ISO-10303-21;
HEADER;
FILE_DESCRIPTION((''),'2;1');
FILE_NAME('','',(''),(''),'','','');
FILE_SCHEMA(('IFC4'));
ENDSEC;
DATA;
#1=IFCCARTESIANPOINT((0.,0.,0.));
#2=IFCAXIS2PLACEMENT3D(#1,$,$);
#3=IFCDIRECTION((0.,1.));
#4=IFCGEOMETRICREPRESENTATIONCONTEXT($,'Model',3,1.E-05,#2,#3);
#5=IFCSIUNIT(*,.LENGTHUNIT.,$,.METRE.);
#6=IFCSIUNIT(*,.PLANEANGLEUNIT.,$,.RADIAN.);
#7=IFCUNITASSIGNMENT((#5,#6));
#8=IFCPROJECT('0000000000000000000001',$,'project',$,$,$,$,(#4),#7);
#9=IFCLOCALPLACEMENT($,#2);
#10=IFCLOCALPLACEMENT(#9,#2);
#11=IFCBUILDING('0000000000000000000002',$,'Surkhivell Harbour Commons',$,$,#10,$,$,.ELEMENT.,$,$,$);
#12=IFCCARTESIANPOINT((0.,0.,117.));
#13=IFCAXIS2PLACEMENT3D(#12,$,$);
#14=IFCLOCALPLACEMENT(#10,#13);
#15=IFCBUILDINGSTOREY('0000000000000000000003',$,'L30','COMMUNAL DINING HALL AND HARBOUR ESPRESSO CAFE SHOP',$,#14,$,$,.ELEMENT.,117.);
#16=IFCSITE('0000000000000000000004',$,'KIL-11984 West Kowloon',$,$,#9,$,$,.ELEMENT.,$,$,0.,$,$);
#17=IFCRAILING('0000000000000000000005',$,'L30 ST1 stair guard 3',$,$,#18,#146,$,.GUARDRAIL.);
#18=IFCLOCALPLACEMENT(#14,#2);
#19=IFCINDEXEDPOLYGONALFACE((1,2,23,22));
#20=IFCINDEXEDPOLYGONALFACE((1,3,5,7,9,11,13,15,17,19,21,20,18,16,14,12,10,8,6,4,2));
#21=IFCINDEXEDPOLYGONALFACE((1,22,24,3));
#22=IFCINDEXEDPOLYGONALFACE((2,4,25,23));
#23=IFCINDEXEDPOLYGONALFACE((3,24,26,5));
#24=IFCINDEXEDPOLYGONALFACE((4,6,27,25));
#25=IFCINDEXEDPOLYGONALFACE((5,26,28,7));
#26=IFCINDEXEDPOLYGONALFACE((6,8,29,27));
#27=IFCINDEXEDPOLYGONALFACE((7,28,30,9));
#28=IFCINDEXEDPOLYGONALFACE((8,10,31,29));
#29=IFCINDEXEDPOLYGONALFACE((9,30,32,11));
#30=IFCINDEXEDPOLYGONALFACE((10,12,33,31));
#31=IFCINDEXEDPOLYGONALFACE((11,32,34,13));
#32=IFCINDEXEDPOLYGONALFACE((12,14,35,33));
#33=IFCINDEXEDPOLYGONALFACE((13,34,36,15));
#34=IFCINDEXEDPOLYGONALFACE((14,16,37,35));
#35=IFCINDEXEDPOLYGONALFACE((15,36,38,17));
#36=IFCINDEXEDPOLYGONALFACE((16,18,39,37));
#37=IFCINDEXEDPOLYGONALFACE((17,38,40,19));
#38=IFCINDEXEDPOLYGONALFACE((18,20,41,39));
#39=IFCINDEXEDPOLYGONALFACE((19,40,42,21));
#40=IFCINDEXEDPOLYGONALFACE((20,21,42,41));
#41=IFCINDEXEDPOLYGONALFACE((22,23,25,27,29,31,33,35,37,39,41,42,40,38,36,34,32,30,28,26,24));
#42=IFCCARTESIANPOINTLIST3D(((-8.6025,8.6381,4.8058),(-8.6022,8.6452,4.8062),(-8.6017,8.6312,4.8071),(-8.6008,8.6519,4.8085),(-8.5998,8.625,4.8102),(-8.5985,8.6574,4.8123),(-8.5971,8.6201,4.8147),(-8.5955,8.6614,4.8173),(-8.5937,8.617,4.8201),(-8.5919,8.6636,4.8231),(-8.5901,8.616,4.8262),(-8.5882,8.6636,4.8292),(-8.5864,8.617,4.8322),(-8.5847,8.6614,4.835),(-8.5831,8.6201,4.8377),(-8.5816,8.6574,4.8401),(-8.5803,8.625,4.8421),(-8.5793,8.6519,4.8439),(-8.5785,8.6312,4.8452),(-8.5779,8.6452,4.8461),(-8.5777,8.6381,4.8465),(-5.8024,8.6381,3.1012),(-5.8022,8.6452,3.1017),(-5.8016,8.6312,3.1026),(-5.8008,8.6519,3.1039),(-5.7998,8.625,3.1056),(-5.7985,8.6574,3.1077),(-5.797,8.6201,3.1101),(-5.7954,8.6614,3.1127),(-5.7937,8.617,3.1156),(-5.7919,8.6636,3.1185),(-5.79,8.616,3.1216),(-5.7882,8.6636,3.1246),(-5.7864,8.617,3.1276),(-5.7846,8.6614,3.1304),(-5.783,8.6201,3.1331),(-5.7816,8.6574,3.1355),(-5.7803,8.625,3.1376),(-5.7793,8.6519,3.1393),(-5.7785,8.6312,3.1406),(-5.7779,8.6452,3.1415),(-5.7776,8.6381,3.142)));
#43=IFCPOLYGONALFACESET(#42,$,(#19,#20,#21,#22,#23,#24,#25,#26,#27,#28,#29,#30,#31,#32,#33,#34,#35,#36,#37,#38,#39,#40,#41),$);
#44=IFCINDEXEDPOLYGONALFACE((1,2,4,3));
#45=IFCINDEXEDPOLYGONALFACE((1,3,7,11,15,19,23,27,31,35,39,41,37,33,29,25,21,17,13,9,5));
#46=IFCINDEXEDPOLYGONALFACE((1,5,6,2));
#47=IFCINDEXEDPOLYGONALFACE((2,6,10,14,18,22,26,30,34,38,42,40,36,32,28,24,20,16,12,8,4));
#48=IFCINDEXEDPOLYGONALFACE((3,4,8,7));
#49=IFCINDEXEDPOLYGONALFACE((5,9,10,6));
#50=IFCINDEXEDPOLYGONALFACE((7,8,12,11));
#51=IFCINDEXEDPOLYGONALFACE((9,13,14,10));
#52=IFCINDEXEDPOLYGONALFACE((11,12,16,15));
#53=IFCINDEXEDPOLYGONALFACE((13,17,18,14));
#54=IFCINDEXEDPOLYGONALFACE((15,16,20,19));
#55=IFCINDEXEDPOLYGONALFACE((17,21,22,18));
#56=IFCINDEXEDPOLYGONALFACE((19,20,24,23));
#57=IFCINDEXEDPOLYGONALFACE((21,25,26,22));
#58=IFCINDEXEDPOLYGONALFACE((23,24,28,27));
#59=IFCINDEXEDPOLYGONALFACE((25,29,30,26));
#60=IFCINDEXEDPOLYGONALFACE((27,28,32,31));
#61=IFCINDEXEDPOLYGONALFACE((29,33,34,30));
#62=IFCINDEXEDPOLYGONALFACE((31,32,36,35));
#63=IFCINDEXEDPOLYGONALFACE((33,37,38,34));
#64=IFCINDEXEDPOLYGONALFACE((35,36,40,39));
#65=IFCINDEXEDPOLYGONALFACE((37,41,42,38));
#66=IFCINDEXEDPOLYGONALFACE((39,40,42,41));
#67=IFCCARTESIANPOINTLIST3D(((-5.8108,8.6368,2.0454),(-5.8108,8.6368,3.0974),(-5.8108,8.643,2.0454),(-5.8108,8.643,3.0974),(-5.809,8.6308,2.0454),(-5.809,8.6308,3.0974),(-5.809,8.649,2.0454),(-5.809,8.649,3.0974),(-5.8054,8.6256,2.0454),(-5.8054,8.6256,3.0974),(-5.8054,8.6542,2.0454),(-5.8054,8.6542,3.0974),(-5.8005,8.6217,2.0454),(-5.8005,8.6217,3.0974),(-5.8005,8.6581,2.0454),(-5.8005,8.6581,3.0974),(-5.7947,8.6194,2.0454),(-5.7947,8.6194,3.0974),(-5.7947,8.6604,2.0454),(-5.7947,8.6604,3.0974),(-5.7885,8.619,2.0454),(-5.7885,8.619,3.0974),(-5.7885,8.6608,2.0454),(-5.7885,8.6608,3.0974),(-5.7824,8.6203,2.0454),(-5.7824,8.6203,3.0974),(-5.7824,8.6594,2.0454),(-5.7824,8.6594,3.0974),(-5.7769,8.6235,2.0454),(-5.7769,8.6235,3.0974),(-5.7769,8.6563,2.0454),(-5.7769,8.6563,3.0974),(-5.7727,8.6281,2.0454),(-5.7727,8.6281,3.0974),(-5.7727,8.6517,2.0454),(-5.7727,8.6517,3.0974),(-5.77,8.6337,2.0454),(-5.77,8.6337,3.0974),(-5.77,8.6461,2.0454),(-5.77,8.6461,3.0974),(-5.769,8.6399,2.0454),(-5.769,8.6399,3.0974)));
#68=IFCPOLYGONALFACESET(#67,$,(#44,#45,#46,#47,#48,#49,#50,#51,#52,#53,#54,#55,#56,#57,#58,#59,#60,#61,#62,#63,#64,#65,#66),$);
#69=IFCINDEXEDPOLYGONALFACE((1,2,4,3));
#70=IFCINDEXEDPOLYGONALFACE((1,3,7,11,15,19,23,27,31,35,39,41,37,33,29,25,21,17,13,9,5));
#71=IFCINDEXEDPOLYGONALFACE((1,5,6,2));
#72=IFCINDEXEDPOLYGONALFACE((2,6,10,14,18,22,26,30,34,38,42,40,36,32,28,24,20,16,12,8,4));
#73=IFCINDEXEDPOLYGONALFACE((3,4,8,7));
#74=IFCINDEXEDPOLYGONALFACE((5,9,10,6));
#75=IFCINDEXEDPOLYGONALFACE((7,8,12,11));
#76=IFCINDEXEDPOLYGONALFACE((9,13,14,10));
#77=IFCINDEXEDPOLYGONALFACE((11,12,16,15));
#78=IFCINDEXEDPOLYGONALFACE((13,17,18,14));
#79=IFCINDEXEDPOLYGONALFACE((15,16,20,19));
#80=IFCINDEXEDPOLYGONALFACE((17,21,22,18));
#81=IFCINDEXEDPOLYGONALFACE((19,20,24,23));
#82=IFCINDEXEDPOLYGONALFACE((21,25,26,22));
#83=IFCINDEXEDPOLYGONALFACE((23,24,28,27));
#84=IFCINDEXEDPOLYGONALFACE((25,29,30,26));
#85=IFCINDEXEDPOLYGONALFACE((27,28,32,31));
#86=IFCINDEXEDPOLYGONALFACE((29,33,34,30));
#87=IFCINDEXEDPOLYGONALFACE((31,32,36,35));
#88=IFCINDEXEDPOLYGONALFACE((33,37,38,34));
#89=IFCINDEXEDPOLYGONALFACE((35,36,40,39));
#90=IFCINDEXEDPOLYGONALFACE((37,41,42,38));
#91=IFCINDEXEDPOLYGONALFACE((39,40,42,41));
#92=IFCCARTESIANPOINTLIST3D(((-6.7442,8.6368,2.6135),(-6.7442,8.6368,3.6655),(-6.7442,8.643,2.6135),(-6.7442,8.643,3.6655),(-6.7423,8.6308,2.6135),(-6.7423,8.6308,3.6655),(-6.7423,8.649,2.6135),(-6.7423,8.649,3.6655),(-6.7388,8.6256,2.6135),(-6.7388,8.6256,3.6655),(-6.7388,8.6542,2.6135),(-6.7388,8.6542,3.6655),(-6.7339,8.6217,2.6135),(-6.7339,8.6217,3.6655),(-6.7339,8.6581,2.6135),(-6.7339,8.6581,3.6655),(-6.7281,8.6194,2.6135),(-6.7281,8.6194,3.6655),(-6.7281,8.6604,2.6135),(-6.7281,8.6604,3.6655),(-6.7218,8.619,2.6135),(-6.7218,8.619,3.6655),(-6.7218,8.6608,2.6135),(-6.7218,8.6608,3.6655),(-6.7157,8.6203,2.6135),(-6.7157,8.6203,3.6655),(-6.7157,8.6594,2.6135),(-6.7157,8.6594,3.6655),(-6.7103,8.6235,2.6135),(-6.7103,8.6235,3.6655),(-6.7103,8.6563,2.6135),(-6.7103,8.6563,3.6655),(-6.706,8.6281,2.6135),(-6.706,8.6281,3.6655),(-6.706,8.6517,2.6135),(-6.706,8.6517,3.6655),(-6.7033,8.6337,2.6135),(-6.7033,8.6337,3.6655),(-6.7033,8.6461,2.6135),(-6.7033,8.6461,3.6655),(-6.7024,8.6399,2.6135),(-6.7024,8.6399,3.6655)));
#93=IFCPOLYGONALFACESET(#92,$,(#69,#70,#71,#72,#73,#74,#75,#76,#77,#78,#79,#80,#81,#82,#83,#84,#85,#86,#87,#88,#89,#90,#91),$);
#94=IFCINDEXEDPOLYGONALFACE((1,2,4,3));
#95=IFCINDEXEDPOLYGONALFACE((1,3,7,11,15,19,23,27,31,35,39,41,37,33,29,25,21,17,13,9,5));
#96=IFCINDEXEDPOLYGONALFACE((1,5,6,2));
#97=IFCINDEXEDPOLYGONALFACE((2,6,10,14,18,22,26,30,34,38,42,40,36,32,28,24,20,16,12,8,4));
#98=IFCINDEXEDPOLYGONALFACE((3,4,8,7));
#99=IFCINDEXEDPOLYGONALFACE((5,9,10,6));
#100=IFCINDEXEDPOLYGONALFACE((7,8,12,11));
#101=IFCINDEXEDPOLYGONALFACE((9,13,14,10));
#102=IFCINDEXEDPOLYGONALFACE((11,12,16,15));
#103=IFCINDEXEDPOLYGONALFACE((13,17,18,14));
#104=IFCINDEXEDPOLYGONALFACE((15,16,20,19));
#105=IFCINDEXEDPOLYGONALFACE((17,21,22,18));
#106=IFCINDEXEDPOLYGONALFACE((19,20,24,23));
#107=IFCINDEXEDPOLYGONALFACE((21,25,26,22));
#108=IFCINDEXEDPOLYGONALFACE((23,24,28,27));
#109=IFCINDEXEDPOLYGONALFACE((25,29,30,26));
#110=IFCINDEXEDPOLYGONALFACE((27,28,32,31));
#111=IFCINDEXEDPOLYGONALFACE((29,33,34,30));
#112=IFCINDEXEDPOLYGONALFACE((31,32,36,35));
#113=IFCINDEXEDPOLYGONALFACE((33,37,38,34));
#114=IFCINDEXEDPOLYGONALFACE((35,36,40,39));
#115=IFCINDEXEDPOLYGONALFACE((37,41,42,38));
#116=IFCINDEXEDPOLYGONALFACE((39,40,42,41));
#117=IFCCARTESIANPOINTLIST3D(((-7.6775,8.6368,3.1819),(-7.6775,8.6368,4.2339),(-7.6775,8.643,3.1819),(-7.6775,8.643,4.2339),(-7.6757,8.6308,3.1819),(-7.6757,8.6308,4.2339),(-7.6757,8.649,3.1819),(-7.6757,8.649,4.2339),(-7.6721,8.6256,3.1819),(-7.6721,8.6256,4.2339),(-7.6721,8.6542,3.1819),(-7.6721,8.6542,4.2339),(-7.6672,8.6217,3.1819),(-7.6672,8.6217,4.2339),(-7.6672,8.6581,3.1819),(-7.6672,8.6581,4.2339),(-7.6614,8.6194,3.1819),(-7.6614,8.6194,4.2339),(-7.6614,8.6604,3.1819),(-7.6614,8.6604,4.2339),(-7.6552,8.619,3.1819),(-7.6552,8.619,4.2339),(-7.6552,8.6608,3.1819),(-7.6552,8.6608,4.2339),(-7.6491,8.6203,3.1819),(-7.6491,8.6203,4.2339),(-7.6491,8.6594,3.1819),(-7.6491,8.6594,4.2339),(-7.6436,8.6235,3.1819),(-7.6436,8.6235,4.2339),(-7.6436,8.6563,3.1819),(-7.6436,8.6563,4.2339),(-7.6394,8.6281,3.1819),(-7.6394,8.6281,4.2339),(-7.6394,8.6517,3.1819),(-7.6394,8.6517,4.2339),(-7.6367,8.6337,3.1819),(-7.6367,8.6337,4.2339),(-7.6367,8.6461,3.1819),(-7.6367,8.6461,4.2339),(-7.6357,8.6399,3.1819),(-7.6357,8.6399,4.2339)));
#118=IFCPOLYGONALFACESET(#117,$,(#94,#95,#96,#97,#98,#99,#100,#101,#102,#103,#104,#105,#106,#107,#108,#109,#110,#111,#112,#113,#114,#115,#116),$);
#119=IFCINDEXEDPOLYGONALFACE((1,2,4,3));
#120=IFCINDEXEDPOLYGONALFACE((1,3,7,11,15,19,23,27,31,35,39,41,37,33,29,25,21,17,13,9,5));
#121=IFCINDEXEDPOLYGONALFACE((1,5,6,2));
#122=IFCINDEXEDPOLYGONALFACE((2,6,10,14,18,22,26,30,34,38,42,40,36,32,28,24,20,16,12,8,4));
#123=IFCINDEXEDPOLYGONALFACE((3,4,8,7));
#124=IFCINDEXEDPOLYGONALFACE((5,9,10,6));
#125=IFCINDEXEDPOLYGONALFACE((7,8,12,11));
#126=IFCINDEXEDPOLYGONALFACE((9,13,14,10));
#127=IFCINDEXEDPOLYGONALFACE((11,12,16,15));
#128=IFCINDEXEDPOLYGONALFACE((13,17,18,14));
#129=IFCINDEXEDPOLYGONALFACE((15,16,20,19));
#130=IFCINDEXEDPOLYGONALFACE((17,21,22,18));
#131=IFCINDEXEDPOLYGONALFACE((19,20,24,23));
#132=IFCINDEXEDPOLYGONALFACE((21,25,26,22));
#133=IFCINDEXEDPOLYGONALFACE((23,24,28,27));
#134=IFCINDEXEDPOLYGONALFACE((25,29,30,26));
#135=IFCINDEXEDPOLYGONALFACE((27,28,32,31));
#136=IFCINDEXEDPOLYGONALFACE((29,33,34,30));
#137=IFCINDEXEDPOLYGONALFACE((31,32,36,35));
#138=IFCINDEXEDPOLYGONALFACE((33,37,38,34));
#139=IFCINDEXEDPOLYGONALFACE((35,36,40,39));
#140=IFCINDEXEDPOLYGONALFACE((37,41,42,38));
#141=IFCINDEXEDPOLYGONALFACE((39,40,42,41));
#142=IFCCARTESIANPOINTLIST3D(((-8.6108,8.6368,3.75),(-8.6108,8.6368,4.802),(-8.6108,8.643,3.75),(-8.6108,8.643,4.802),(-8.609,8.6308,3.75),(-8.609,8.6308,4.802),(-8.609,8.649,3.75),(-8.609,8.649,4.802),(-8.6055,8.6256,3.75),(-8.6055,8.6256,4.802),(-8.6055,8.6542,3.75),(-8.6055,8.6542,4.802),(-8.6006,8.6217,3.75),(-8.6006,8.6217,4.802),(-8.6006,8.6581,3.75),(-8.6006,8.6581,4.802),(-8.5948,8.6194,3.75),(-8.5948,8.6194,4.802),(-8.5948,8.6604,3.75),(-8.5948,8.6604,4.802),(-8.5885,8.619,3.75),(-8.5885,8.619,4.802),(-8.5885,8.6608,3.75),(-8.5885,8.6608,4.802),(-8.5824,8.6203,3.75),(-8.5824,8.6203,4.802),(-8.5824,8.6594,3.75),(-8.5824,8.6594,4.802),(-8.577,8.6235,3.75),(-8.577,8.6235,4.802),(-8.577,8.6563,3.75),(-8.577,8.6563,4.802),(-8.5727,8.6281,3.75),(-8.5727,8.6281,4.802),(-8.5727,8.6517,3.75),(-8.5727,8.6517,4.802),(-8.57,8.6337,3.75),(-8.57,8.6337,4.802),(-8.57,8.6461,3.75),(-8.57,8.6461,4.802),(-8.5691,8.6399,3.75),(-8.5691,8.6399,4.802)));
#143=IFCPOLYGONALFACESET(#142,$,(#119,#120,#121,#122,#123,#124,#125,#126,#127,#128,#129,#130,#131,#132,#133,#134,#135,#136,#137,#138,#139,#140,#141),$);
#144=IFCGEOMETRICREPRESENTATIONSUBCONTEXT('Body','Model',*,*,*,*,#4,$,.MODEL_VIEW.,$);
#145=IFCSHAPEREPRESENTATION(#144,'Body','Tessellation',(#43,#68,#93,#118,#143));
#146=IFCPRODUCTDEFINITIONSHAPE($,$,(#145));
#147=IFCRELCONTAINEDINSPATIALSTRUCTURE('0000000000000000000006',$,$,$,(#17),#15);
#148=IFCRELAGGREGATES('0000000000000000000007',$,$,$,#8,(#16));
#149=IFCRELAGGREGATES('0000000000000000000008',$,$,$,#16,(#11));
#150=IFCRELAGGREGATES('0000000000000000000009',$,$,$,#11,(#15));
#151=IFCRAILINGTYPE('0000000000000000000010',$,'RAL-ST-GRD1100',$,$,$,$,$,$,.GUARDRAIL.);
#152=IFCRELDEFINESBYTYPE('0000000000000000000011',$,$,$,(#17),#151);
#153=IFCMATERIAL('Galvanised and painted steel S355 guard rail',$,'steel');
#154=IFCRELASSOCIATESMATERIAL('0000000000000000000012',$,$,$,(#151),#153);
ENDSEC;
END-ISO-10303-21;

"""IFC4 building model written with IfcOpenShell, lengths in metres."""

from ifc_helpers import new_model, si_unit, direction, frame, origin, origin_2d, place, context, subcontext, project, spatial, circle, extrude, material, type_object, element, save


model = new_model("IFC4")

# Units and contexts
model_context = context("Model", 3, precision=1e-05, world=origin(), true_north=direction((0.0, 1.0)))
body_context = subcontext(model_context, "Body", "Model", "MODEL_VIEW")
ifc_project = project(units=[si_unit("LENGTHUNIT", "METRE"), si_unit("PLANEANGLEUNIT", "RADIAN")], contexts=[model_context])

# Site, building, storey
site_placement = place(None, origin())
site = spatial("IfcSite", under=ifc_project, at=site_placement, Name="KIL-11984 West Kowloon", CompositionType="ELEMENT", RefElevation=0.0)
building_placement = place(site_placement, origin())
building = spatial("IfcBuilding", under=site, at=building_placement, Name="Surkhivell Harbour Commons", CompositionType="ELEMENT")
storey_placement = place(building_placement, frame((0.0, 0.0, 117.0)))
storey = spatial("IfcBuildingStorey", under=building, at=storey_placement, Name="L30", Description="COMMUNAL DINING HALL AND HARBOUR ESPRESSO CAFE SHOP", CompositionType="ELEMENT", Elevation=117.0)

# Railing
ifc_material_1 = material(Name="Galvanised and painted steel S355 guard rail", Category="steel")
railing_type_1 = type_object("IfcRailingType", Name="RAL-ST-GRD1100", PredefinedType="GUARDRAIL", material=ifc_material_1)
railing_1_placement = place(storey_placement, frame((-5.79, 8.6399, 2.0454)))
element("IfcRailing", 1, at=railing_1_placement, inside=storey, type_object=railing_type_1, Name="L30 ST1 stair guard 3", PredefinedType="GUARDRAIL", context=body_context, shape_type="SweptSolid", body=[
    extrude(circle(Radius=0.0239, at=origin_2d()), frame((0.0, 0.0, 1.0762), z_axis=(-0.85417, 0.0, 0.519994), x_axis=(0.0, -1.0, 0.0)), (0.0, 0.0, 1.0), 3.2781),
    extrude(circle(Radius=0.021, at=origin_2d()), origin(), (0.0, 0.0, 1.0), 1.052),
    extrude(circle(Radius=0.021, at=origin_2d()), frame((-0.9333, 0.0, 0.5681)), (0.0, 0.0, 1.0), 1.052),
    extrude(circle(Radius=0.021, at=origin_2d()), frame((-1.8667, 0.0, 1.1365)), (0.0, 0.0, 1.0), 1.052),
    extrude(circle(Radius=0.021, at=origin_2d()), frame((-2.8, 0.0, 1.7046)), (0.0, 0.0, 1.0), 1.052),
])

save(model, "model.ifc")
